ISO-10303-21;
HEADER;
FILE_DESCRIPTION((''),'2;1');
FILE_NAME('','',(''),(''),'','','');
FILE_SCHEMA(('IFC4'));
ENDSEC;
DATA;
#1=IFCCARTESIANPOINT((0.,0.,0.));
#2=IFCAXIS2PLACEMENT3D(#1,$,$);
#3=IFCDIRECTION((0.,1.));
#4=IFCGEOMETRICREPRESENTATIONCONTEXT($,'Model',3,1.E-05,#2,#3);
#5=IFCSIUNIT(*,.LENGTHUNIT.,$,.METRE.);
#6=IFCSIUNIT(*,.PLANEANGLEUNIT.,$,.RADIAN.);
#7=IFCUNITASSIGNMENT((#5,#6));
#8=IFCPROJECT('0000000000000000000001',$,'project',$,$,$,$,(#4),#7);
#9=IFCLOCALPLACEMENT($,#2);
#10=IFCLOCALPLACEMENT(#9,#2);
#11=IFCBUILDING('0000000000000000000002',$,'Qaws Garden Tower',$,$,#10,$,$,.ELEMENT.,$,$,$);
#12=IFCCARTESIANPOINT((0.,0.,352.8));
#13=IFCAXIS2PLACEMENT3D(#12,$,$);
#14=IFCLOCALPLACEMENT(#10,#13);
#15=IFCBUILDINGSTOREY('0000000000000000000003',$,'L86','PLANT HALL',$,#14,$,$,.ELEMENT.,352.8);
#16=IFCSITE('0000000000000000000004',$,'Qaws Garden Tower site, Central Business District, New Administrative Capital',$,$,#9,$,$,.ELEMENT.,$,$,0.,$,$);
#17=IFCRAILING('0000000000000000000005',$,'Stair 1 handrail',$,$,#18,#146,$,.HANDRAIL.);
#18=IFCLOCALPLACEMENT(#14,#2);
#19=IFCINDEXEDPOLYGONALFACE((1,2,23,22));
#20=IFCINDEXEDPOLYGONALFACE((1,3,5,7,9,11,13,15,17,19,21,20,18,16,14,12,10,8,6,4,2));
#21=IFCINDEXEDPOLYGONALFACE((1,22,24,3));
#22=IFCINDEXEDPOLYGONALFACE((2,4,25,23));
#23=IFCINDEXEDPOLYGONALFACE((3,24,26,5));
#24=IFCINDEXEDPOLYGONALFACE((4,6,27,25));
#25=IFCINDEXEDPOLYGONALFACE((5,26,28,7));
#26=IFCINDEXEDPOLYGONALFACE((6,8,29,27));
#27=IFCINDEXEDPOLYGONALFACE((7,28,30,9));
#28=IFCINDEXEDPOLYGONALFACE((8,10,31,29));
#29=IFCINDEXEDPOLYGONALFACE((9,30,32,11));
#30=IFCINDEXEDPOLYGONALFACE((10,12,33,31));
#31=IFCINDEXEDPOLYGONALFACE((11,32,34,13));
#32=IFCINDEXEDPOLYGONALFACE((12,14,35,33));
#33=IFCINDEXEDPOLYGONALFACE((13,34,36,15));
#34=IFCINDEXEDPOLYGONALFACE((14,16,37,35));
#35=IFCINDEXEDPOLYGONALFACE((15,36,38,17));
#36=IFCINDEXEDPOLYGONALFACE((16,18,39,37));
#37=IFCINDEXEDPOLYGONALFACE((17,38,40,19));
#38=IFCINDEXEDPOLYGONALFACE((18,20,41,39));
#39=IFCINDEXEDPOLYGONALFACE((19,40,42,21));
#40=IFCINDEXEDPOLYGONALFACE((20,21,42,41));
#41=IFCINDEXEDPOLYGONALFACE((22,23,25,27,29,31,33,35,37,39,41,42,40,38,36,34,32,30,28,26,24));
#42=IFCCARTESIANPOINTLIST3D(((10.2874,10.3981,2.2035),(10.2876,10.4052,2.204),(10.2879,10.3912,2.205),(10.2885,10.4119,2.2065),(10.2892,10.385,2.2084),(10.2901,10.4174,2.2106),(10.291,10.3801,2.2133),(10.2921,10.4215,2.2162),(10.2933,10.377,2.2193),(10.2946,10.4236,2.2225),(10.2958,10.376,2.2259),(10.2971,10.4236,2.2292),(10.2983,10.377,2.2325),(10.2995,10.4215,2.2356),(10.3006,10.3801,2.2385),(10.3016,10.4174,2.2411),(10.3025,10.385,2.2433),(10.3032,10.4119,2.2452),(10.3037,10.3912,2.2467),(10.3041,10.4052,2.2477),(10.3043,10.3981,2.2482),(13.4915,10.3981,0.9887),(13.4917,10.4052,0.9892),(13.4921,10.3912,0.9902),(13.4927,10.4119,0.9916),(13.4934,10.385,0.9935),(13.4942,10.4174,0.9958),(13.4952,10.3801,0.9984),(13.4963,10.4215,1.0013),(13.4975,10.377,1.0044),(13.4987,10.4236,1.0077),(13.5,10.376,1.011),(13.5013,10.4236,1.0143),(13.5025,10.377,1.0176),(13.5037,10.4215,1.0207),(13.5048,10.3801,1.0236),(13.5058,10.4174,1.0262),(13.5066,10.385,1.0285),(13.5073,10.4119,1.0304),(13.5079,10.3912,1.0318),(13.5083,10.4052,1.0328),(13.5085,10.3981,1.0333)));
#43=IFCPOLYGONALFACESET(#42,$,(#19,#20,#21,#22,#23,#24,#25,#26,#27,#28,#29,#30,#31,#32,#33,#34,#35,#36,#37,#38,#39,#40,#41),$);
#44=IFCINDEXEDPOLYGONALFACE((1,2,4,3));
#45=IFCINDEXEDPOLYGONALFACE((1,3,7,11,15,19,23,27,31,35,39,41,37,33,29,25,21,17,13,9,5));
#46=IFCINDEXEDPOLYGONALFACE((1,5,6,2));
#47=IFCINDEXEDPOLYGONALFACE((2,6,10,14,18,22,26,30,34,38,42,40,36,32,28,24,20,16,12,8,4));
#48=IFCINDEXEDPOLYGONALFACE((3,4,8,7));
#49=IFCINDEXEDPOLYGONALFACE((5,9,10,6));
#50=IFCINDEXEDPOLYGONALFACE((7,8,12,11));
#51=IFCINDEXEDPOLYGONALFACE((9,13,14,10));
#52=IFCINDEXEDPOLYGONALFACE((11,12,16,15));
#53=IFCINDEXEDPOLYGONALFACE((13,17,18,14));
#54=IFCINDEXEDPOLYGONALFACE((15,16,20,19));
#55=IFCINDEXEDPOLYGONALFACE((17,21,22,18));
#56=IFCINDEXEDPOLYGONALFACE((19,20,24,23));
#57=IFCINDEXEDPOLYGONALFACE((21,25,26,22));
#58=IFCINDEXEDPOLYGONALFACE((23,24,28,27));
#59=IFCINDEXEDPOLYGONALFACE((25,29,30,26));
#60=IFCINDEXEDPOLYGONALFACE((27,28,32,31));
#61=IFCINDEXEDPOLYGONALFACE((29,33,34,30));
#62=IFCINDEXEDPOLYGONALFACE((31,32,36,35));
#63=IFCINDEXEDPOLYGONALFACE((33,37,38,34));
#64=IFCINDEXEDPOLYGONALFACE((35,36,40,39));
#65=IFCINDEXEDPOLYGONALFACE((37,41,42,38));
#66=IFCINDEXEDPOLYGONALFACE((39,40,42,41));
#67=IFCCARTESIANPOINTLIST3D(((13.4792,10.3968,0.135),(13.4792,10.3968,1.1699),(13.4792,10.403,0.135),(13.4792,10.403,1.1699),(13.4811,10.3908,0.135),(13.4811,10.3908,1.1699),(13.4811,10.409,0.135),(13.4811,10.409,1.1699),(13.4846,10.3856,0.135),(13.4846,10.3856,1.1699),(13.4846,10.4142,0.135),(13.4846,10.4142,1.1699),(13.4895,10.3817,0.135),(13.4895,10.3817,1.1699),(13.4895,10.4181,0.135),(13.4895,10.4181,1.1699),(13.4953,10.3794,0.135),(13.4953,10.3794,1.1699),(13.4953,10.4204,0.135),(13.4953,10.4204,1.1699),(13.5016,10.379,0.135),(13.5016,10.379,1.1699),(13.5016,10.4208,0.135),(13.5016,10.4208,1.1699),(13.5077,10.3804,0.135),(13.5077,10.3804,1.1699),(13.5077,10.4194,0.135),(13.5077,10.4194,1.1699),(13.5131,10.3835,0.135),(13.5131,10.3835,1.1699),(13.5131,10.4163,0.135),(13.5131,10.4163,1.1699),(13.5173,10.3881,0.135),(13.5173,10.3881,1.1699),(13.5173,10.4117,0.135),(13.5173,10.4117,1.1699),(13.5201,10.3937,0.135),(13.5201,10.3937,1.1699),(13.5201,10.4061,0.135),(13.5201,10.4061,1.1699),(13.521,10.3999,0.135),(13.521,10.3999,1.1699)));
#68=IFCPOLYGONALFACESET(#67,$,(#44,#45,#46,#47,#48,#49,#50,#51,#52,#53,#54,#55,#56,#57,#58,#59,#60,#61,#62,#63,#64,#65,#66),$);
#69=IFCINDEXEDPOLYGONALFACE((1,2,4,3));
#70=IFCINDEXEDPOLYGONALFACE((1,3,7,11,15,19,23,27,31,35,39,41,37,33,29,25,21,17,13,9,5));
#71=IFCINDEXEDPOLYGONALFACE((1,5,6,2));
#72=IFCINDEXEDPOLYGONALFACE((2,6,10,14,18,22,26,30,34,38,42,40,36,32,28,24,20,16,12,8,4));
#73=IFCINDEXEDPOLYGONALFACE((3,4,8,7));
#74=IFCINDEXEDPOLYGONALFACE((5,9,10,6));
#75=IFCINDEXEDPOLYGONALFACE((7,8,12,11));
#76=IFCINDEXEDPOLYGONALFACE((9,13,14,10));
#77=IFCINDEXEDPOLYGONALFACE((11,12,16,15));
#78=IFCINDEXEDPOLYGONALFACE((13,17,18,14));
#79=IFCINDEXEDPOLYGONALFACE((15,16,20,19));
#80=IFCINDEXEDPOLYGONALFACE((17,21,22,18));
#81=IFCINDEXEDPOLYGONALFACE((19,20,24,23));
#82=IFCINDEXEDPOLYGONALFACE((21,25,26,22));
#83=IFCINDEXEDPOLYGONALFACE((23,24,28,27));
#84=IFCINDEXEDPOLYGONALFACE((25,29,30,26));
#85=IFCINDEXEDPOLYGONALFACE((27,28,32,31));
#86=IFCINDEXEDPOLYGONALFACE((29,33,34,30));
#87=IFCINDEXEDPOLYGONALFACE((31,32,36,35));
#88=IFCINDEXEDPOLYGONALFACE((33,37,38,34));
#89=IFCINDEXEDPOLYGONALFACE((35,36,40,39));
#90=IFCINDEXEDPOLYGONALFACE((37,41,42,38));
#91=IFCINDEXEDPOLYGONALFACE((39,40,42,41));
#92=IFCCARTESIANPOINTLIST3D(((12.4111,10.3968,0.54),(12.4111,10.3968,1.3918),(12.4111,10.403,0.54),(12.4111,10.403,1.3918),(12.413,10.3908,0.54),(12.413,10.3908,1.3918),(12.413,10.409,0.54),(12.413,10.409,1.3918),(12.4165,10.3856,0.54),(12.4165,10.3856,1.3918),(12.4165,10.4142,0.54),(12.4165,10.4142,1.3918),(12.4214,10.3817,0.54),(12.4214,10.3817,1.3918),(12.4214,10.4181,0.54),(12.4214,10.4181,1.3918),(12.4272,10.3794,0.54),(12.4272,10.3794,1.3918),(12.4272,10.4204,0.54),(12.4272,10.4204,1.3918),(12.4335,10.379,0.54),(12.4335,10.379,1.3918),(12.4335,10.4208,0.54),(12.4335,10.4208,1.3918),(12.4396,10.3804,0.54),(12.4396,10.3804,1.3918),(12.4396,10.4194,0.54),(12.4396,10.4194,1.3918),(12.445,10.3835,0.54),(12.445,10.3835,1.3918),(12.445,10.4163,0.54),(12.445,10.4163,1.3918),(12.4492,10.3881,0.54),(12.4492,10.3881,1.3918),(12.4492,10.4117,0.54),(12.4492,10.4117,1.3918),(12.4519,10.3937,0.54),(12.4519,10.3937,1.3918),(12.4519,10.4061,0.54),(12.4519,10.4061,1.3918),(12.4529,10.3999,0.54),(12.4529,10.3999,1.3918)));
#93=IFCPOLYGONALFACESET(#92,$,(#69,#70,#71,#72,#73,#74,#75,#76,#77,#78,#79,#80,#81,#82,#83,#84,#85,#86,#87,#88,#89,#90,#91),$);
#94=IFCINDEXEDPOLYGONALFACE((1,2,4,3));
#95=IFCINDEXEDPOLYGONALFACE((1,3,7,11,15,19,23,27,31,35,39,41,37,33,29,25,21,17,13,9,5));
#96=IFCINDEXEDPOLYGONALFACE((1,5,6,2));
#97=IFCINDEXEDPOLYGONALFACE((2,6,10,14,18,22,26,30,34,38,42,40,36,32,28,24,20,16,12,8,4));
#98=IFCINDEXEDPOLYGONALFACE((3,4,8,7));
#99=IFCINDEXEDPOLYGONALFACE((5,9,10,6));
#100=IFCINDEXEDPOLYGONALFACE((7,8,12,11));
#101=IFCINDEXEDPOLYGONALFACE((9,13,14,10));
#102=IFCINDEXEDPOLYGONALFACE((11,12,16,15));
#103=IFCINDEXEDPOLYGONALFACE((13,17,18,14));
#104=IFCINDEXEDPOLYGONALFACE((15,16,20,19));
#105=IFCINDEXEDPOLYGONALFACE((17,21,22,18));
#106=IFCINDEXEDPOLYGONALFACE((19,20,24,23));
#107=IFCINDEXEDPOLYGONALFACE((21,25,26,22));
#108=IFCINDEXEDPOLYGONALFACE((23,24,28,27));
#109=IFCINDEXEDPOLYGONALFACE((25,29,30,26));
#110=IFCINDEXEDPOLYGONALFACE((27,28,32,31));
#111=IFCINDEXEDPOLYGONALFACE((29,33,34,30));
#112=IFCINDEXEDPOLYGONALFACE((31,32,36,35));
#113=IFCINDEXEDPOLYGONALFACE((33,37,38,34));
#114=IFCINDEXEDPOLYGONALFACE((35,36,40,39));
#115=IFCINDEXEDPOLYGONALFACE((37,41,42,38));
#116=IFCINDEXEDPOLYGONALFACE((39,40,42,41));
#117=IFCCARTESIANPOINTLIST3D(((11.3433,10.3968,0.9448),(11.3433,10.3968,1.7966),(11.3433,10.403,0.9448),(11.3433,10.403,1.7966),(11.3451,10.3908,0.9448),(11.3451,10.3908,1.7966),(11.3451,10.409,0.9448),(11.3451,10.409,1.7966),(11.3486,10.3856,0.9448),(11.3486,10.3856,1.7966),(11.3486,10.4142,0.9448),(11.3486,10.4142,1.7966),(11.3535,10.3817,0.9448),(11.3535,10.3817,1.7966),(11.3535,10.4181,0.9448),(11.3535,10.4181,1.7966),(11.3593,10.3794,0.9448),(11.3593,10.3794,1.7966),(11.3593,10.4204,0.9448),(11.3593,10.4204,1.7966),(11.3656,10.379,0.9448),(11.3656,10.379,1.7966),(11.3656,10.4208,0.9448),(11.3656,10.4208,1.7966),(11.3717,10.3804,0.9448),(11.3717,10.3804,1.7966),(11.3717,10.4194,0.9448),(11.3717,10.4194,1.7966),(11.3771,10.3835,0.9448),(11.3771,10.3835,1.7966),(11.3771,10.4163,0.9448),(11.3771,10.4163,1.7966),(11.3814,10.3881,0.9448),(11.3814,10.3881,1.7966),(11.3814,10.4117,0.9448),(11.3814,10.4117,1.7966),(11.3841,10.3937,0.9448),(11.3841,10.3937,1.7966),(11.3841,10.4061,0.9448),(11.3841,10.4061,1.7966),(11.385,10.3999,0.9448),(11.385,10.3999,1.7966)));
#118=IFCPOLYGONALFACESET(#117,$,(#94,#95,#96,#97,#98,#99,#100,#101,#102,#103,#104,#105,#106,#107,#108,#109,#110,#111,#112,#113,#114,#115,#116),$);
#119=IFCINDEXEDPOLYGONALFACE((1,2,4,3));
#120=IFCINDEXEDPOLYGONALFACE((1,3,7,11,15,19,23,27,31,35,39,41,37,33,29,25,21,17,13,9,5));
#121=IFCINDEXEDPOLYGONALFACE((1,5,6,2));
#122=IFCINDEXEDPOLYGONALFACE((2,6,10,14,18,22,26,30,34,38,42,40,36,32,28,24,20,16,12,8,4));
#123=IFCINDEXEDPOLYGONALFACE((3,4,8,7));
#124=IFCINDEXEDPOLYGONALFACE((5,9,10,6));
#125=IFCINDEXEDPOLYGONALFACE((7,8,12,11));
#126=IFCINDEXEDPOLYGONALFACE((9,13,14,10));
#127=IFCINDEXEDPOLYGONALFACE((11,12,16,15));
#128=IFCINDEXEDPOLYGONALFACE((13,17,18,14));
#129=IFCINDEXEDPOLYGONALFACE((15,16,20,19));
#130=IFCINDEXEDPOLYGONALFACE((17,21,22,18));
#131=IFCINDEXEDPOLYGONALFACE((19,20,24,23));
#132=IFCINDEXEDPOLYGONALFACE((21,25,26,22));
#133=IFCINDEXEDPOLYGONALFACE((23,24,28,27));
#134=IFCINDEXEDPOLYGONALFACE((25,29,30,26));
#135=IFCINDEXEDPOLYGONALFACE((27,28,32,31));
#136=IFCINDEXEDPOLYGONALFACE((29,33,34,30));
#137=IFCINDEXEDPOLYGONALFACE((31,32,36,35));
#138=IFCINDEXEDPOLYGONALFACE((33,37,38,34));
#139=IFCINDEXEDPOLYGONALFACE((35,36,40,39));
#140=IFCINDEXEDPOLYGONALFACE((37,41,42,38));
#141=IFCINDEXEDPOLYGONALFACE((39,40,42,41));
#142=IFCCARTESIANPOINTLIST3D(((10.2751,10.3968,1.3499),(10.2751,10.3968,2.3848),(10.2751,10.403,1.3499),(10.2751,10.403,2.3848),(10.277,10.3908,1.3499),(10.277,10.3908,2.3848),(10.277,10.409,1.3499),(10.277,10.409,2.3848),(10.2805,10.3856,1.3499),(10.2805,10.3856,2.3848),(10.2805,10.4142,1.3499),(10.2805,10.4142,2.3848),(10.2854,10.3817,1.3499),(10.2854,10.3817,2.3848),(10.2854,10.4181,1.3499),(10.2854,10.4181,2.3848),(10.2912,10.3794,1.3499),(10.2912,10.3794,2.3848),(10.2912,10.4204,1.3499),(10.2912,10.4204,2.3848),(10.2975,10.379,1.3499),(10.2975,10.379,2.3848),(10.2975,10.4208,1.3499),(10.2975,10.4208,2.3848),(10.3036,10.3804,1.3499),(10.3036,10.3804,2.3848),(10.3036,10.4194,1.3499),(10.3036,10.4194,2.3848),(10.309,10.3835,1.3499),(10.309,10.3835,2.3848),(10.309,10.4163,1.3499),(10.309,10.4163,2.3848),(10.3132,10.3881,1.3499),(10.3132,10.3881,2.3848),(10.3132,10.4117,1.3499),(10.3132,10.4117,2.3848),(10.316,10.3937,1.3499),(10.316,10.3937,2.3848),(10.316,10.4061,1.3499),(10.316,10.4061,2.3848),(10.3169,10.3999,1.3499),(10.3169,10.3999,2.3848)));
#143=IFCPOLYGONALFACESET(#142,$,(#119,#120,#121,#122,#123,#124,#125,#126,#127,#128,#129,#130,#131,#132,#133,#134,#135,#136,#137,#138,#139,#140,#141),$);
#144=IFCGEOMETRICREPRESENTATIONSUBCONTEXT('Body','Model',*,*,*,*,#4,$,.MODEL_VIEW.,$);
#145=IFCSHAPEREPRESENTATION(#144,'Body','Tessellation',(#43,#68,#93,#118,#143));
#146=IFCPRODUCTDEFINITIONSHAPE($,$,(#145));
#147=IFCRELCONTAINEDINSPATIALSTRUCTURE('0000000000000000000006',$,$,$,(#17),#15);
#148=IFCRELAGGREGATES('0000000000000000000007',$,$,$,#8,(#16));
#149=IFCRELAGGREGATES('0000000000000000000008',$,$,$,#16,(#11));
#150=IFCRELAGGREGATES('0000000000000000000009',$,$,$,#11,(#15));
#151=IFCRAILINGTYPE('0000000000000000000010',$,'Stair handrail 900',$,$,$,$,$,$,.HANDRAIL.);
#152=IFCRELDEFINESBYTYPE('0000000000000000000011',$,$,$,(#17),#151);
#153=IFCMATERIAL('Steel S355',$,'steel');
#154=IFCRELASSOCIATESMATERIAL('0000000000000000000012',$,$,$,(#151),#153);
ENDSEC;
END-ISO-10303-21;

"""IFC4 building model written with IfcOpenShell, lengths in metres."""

from ifc_helpers import new_model, si_unit, direction, frame, origin, origin_2d, place, context, subcontext, project, spatial, circle, extrude, material, type_object, element, save


model = new_model("IFC4")

# Units and contexts
model_context = context("Model", 3, precision=1e-05, world=origin(), true_north=direction((0.0, 1.0)))
body_context = subcontext(model_context, "Body", "Model", "MODEL_VIEW")
ifc_project = project(units=[si_unit("LENGTHUNIT", "METRE"), si_unit("PLANEANGLEUNIT", "RADIAN")], contexts=[model_context])

# Site, building, storey
site_placement = place(None, origin())
site = spatial("IfcSite", under=ifc_project, at=site_placement, Name="Qaws Garden Tower site, Central Business District, New Administrative Capital", CompositionType="ELEMENT", RefElevation=0.0)
building_placement = place(site_placement, origin())
building = spatial("IfcBuilding", under=site, at=building_placement, Name="Qaws Garden Tower", CompositionType="ELEMENT")
storey_placement = place(building_placement, frame((0.0, 0.0, 352.8)))
storey = spatial("IfcBuildingStorey", under=building, at=storey_placement, Name="L86", Description="PLANT HALL", CompositionType="ELEMENT", Elevation=352.8)

# Railing
ifc_material_1 = material(Name="Steel S355", Category="steel")
railing_type = type_object("IfcRailingType", Name="Stair handrail 900", PredefinedType="HANDRAIL", material=ifc_material_1)
railing_1_placement = place(storey_placement, frame((13.5, 10.3999, 0.135)))
element("IfcRailing", 1, at=railing_1_placement, inside=storey, type_object=railing_type, Name="Stair 1 handrail", PredefinedType="HANDRAIL", context=body_context, shape_type="SweptSolid", body=[
    extrude(circle(Radius=0.0239, at=origin_2d()), frame((0.0, 0.0, 0.876), z_axis=(-0.935046, 0.0, 0.354525), x_axis=(0.0, -1.0, 0.0)), (0.0, 0.0, 1.0), 3.4268),
    extrude(circle(Radius=0.021, at=origin_2d()), origin(), (0.0, 0.0, 1.0), 1.0349),
    extrude(circle(Radius=0.021, at=origin_2d()), frame((-1.0681, 0.0, 0.405)), (0.0, 0.0, 1.0), 0.8518),
    extrude(circle(Radius=0.021, at=origin_2d()), frame((-2.136, 0.0, 0.8098)), (0.0, 0.0, 1.0), 0.8518),
    extrude(circle(Radius=0.021, at=origin_2d()), frame((-3.2041, 0.0, 1.2148)), (0.0, 0.0, 1.0), 1.0349),
])

save(model, "model.ifc")
